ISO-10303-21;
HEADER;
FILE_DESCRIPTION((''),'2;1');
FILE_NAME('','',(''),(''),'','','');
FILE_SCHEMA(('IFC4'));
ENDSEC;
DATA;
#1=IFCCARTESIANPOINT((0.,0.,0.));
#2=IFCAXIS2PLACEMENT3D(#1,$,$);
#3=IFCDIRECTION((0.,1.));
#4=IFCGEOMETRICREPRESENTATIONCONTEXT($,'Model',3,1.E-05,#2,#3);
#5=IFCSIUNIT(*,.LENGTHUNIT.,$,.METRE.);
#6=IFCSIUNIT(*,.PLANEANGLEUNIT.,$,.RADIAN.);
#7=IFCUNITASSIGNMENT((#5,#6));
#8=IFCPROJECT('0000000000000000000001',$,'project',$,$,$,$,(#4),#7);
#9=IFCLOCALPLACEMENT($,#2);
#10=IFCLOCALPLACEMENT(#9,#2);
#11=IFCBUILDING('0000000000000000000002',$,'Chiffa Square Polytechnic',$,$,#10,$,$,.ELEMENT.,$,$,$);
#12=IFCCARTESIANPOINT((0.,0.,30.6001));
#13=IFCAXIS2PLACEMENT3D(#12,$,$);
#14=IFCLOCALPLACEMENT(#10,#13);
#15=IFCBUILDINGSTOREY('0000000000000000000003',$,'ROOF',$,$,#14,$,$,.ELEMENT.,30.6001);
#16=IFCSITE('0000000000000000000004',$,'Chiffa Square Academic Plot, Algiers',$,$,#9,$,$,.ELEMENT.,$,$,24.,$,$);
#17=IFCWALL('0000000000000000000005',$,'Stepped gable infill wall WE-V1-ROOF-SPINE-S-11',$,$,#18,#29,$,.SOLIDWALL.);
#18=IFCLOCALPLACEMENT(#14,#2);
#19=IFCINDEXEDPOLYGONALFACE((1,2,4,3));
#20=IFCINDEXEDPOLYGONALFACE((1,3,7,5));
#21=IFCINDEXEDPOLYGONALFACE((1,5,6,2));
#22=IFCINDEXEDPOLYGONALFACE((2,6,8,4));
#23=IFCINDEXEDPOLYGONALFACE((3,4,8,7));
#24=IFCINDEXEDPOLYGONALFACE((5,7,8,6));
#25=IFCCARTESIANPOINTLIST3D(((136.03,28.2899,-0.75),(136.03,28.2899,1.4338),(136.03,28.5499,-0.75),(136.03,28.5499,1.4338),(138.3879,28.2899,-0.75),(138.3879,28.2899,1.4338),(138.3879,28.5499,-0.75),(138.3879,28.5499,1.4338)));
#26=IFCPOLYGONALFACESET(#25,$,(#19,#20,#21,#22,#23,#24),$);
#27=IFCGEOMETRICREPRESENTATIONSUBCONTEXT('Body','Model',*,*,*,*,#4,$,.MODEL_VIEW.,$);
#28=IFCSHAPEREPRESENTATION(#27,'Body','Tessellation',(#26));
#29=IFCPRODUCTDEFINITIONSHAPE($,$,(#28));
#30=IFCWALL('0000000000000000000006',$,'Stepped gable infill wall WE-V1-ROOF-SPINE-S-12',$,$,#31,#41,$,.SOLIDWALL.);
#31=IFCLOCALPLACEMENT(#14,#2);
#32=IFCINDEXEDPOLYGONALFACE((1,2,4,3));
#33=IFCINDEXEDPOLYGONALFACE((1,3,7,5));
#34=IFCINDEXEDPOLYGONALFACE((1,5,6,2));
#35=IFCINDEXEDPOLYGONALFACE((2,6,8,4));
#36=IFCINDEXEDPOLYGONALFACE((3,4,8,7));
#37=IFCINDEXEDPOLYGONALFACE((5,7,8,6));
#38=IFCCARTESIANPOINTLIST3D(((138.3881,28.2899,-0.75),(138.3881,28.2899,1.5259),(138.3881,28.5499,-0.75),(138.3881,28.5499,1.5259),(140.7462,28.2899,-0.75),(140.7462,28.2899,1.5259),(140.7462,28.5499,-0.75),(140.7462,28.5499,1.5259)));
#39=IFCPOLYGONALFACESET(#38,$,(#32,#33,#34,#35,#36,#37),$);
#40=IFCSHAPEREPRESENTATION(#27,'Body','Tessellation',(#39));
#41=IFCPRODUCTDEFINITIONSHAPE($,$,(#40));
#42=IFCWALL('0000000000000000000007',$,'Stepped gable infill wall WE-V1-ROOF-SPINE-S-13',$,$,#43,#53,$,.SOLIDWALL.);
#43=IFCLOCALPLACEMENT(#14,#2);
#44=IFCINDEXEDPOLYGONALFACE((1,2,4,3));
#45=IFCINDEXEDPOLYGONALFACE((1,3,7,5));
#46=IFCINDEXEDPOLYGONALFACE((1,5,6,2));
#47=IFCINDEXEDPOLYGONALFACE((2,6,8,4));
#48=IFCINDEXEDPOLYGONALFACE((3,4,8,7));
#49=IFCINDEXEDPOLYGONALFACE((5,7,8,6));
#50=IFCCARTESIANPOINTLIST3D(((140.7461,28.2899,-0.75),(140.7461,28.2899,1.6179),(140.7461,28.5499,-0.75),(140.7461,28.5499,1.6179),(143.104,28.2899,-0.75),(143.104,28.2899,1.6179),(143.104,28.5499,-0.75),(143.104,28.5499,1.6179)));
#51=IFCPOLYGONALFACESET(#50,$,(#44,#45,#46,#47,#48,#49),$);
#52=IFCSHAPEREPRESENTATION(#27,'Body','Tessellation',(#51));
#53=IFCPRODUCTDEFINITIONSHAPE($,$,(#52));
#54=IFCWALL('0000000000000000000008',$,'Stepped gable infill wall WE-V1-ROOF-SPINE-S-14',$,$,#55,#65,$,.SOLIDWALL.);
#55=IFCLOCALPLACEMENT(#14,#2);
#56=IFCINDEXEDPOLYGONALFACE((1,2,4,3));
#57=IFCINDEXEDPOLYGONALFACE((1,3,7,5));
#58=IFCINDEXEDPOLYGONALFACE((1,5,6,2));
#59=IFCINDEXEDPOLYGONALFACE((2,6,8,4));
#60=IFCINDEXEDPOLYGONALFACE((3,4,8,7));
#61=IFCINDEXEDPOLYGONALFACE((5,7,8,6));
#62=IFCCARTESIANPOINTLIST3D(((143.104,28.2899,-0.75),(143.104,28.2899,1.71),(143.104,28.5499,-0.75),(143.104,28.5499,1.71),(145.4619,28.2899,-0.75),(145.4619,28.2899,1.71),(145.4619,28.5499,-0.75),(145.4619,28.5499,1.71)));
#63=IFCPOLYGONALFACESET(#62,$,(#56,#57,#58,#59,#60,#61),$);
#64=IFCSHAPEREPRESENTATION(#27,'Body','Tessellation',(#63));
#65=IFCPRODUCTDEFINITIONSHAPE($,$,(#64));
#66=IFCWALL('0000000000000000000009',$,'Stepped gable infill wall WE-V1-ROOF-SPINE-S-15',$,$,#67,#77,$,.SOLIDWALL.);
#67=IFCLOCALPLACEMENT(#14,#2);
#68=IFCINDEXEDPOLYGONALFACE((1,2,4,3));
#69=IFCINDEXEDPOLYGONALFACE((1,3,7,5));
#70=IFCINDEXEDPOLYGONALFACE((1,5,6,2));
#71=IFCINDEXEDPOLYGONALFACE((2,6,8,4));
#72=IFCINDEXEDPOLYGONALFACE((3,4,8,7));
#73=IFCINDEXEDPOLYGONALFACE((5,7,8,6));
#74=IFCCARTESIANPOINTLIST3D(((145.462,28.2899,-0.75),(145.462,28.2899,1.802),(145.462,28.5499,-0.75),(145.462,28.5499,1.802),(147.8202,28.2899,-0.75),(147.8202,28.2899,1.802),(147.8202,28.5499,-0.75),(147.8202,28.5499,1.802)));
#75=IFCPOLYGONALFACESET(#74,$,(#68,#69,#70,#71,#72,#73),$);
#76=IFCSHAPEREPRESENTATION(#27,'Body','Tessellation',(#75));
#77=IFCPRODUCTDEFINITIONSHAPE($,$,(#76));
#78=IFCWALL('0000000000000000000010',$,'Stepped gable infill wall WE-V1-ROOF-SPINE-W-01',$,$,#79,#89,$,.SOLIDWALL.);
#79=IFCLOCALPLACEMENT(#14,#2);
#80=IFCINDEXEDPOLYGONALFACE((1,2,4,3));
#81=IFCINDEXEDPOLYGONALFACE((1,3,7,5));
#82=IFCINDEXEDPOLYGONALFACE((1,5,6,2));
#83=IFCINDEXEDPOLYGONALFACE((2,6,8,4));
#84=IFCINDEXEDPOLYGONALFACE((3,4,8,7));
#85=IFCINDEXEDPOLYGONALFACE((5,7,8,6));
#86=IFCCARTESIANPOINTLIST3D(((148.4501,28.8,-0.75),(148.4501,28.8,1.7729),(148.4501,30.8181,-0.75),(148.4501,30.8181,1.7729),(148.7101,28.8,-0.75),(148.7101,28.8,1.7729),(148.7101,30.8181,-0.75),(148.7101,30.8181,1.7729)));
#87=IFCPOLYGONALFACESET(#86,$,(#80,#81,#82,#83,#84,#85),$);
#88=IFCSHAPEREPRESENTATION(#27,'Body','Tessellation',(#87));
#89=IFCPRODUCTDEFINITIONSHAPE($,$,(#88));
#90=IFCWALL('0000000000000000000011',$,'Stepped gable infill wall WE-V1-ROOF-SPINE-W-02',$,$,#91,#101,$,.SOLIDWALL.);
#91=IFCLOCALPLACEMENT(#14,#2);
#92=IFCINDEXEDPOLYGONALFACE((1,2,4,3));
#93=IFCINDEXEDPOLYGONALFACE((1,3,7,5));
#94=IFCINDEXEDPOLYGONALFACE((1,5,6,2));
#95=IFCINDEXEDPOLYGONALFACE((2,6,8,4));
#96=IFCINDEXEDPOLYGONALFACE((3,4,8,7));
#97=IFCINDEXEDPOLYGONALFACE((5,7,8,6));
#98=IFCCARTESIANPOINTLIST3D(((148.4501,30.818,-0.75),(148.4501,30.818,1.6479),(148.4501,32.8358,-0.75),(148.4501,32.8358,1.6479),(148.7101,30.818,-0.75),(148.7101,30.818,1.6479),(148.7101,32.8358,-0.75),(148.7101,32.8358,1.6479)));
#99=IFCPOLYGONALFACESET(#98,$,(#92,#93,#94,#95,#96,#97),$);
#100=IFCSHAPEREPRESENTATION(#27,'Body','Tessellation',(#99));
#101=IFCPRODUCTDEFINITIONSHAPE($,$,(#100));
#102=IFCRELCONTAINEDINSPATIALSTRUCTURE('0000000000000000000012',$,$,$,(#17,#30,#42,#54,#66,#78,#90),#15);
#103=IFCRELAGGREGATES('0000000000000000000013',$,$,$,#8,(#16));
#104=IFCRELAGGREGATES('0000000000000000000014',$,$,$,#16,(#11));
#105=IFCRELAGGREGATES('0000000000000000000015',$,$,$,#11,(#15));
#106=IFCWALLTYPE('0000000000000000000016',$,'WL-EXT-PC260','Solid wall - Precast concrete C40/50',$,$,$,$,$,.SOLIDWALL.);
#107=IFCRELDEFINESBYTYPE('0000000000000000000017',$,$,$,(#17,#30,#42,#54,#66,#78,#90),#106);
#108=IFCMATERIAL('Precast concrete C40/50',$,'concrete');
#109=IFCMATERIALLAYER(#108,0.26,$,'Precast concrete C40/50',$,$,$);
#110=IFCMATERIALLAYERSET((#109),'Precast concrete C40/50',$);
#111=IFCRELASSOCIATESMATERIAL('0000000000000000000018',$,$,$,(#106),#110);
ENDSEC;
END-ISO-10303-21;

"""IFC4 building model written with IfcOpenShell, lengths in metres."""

from ifc_helpers import new_model, si_unit, direction, frame, frame_2d, origin, place, context, subcontext, project, spatial, rectangle, extrude, material, layer, layer_set, type_object, element, save


model = new_model("IFC4")

# Units and contexts
model_context = context("Model", 3, precision=1e-05, world=origin(), true_north=direction((0.0, 1.0)))
body_context = subcontext(model_context, "Body", "Model", "MODEL_VIEW")
ifc_project = project(units=[si_unit("LENGTHUNIT", "METRE"), si_unit("PLANEANGLEUNIT", "RADIAN")], contexts=[model_context])

# Site, building, storey
site_placement = place(None, origin())
site = spatial("IfcSite", under=ifc_project, at=site_placement, Name="Chiffa Square Academic Plot, Algiers", CompositionType="ELEMENT", RefElevation=24.0)
building_placement = place(site_placement, origin())
building = spatial("IfcBuilding", under=site, at=building_placement, Name="Chiffa Square Polytechnic", CompositionType="ELEMENT")
storey_placement = place(building_placement, frame((0.0, 0.0, 30.6001)))
storey = spatial("IfcBuildingStorey", under=building, at=storey_placement, Name="ROOF", CompositionType="ELEMENT", Elevation=30.6001)

# Walls
ifc_material_1 = material(Name="Precast concrete C40/50", Category="concrete")
ifc_layer_1 = layer(ifc_material_1, 0.26, Name="Precast concrete C40/50")
ifc_layer_set_1 = layer_set([ifc_layer_1], Name="Precast concrete C40/50")
wall_type = type_object("IfcWallType", Name="WL-EXT-PC260", Description="Solid wall - Precast concrete C40/50", PredefinedType="SOLIDWALL", material=ifc_layer_set_1)
wall_1_placement = place(storey_placement, frame((136.03, 28.4199, -0.75), z_axis=(0.0, 0.0, 1.0), x_axis=(1.0, 0.0, 0.0)))
element("IfcWall", 1, at=wall_1_placement, inside=storey, type_object=wall_type, Name="Stepped gable infill wall WE-V1-ROOF-SPINE-S-11", PredefinedType="SOLIDWALL", context=body_context, shape_type="SweptSolid", body=[
    extrude(rectangle(XDim=2.3579, YDim=0.26, at=frame_2d((1.179, 0.0))), origin(), (0.0, 0.0, 1.0), 2.1838),
])
wall_2_placement = place(storey_placement, frame((138.3879, 28.4199, -0.75), z_axis=(0.0, 0.0, 1.0), x_axis=(1.0, 0.0, 0.0)))
element("IfcWall", 2, at=wall_2_placement, inside=storey, type_object=wall_type, Name="Stepped gable infill wall WE-V1-ROOF-SPINE-S-12", PredefinedType="SOLIDWALL", context=body_context, shape_type="SweptSolid", body=[
    extrude(rectangle(XDim=2.3582, YDim=0.26, at=frame_2d((1.1792, 0.0))), origin(), (0.0, 0.0, 1.0), 2.2759),
])
wall_3_placement = place(storey_placement, frame((140.7461, 28.4199, -0.75), z_axis=(0.0, 0.0, 1.0), x_axis=(1.0, 0.0, 0.0)))
element("IfcWall", 3, at=wall_3_placement, inside=storey, type_object=wall_type, Name="Stepped gable infill wall WE-V1-ROOF-SPINE-S-13", PredefinedType="SOLIDWALL", context=body_context, shape_type="SweptSolid", body=[
    extrude(rectangle(XDim=2.3579, YDim=0.26, at=frame_2d((1.179, 0.0))), origin(), (0.0, 0.0, 1.0), 2.3679),
])
wall_4_placement = place(storey_placement, frame((143.104, 28.4199, -0.75), z_axis=(0.0, 0.0, 1.0), x_axis=(1.0, 0.0, 0.0)))
element("IfcWall", 4, at=wall_4_placement, inside=storey, type_object=wall_type, Name="Stepped gable infill wall WE-V1-ROOF-SPINE-S-14", PredefinedType="SOLIDWALL", context=body_context, shape_type="SweptSolid", body=[
    extrude(rectangle(XDim=2.3579, YDim=0.26, at=frame_2d((1.179, 0.0))), origin(), (0.0, 0.0, 1.0), 2.46),
])
wall_5_placement = place(storey_placement, frame((145.4619, 28.4199, -0.75), z_axis=(0.0, 0.0, 1.0), x_axis=(1.0, 0.0, 0.0)))
element("IfcWall", 5, at=wall_5_placement, inside=storey, type_object=wall_type, Name="Stepped gable infill wall WE-V1-ROOF-SPINE-S-15", PredefinedType="SOLIDWALL", context=body_context, shape_type="SweptSolid", body=[
    extrude(rectangle(XDim=2.3582, YDim=0.26, at=frame_2d((1.1792, 0.0))), origin(), (0.0, 0.0, 1.0), 2.552),
])
wall_6_placement = place(storey_placement, frame((148.5801, 28.8, -0.75), z_axis=(0.0, 0.0, 1.0), x_axis=(0.0, 1.0, 0.0)))
element("IfcWall", 6, at=wall_6_placement, inside=storey, type_object=wall_type, Name="Stepped gable infill wall WE-V1-ROOF-SPINE-W-01", PredefinedType="SOLIDWALL", context=body_context, shape_type="SweptSolid", body=[
    extrude(rectangle(XDim=2.0181, YDim=0.26, at=frame_2d((1.009, 0.0))), origin(), (0.0, 0.0, 1.0), 2.5229),
])
wall_7_placement = place(storey_placement, frame((148.5801, 30.8181, -0.75), z_axis=(0.0, 0.0, 1.0), x_axis=(0.0, 1.0, 0.0)))
element("IfcWall", 7, at=wall_7_placement, inside=storey, type_object=wall_type, Name="Stepped gable infill wall WE-V1-ROOF-SPINE-W-02", PredefinedType="SOLIDWALL", context=body_context, shape_type="SweptSolid", body=[
    extrude(rectangle(XDim=2.0178, YDim=0.26, at=frame_2d((1.0088, 0.0))), origin(), (0.0, 0.0, 1.0), 2.3979),
])

save(model, "model.ifc")
